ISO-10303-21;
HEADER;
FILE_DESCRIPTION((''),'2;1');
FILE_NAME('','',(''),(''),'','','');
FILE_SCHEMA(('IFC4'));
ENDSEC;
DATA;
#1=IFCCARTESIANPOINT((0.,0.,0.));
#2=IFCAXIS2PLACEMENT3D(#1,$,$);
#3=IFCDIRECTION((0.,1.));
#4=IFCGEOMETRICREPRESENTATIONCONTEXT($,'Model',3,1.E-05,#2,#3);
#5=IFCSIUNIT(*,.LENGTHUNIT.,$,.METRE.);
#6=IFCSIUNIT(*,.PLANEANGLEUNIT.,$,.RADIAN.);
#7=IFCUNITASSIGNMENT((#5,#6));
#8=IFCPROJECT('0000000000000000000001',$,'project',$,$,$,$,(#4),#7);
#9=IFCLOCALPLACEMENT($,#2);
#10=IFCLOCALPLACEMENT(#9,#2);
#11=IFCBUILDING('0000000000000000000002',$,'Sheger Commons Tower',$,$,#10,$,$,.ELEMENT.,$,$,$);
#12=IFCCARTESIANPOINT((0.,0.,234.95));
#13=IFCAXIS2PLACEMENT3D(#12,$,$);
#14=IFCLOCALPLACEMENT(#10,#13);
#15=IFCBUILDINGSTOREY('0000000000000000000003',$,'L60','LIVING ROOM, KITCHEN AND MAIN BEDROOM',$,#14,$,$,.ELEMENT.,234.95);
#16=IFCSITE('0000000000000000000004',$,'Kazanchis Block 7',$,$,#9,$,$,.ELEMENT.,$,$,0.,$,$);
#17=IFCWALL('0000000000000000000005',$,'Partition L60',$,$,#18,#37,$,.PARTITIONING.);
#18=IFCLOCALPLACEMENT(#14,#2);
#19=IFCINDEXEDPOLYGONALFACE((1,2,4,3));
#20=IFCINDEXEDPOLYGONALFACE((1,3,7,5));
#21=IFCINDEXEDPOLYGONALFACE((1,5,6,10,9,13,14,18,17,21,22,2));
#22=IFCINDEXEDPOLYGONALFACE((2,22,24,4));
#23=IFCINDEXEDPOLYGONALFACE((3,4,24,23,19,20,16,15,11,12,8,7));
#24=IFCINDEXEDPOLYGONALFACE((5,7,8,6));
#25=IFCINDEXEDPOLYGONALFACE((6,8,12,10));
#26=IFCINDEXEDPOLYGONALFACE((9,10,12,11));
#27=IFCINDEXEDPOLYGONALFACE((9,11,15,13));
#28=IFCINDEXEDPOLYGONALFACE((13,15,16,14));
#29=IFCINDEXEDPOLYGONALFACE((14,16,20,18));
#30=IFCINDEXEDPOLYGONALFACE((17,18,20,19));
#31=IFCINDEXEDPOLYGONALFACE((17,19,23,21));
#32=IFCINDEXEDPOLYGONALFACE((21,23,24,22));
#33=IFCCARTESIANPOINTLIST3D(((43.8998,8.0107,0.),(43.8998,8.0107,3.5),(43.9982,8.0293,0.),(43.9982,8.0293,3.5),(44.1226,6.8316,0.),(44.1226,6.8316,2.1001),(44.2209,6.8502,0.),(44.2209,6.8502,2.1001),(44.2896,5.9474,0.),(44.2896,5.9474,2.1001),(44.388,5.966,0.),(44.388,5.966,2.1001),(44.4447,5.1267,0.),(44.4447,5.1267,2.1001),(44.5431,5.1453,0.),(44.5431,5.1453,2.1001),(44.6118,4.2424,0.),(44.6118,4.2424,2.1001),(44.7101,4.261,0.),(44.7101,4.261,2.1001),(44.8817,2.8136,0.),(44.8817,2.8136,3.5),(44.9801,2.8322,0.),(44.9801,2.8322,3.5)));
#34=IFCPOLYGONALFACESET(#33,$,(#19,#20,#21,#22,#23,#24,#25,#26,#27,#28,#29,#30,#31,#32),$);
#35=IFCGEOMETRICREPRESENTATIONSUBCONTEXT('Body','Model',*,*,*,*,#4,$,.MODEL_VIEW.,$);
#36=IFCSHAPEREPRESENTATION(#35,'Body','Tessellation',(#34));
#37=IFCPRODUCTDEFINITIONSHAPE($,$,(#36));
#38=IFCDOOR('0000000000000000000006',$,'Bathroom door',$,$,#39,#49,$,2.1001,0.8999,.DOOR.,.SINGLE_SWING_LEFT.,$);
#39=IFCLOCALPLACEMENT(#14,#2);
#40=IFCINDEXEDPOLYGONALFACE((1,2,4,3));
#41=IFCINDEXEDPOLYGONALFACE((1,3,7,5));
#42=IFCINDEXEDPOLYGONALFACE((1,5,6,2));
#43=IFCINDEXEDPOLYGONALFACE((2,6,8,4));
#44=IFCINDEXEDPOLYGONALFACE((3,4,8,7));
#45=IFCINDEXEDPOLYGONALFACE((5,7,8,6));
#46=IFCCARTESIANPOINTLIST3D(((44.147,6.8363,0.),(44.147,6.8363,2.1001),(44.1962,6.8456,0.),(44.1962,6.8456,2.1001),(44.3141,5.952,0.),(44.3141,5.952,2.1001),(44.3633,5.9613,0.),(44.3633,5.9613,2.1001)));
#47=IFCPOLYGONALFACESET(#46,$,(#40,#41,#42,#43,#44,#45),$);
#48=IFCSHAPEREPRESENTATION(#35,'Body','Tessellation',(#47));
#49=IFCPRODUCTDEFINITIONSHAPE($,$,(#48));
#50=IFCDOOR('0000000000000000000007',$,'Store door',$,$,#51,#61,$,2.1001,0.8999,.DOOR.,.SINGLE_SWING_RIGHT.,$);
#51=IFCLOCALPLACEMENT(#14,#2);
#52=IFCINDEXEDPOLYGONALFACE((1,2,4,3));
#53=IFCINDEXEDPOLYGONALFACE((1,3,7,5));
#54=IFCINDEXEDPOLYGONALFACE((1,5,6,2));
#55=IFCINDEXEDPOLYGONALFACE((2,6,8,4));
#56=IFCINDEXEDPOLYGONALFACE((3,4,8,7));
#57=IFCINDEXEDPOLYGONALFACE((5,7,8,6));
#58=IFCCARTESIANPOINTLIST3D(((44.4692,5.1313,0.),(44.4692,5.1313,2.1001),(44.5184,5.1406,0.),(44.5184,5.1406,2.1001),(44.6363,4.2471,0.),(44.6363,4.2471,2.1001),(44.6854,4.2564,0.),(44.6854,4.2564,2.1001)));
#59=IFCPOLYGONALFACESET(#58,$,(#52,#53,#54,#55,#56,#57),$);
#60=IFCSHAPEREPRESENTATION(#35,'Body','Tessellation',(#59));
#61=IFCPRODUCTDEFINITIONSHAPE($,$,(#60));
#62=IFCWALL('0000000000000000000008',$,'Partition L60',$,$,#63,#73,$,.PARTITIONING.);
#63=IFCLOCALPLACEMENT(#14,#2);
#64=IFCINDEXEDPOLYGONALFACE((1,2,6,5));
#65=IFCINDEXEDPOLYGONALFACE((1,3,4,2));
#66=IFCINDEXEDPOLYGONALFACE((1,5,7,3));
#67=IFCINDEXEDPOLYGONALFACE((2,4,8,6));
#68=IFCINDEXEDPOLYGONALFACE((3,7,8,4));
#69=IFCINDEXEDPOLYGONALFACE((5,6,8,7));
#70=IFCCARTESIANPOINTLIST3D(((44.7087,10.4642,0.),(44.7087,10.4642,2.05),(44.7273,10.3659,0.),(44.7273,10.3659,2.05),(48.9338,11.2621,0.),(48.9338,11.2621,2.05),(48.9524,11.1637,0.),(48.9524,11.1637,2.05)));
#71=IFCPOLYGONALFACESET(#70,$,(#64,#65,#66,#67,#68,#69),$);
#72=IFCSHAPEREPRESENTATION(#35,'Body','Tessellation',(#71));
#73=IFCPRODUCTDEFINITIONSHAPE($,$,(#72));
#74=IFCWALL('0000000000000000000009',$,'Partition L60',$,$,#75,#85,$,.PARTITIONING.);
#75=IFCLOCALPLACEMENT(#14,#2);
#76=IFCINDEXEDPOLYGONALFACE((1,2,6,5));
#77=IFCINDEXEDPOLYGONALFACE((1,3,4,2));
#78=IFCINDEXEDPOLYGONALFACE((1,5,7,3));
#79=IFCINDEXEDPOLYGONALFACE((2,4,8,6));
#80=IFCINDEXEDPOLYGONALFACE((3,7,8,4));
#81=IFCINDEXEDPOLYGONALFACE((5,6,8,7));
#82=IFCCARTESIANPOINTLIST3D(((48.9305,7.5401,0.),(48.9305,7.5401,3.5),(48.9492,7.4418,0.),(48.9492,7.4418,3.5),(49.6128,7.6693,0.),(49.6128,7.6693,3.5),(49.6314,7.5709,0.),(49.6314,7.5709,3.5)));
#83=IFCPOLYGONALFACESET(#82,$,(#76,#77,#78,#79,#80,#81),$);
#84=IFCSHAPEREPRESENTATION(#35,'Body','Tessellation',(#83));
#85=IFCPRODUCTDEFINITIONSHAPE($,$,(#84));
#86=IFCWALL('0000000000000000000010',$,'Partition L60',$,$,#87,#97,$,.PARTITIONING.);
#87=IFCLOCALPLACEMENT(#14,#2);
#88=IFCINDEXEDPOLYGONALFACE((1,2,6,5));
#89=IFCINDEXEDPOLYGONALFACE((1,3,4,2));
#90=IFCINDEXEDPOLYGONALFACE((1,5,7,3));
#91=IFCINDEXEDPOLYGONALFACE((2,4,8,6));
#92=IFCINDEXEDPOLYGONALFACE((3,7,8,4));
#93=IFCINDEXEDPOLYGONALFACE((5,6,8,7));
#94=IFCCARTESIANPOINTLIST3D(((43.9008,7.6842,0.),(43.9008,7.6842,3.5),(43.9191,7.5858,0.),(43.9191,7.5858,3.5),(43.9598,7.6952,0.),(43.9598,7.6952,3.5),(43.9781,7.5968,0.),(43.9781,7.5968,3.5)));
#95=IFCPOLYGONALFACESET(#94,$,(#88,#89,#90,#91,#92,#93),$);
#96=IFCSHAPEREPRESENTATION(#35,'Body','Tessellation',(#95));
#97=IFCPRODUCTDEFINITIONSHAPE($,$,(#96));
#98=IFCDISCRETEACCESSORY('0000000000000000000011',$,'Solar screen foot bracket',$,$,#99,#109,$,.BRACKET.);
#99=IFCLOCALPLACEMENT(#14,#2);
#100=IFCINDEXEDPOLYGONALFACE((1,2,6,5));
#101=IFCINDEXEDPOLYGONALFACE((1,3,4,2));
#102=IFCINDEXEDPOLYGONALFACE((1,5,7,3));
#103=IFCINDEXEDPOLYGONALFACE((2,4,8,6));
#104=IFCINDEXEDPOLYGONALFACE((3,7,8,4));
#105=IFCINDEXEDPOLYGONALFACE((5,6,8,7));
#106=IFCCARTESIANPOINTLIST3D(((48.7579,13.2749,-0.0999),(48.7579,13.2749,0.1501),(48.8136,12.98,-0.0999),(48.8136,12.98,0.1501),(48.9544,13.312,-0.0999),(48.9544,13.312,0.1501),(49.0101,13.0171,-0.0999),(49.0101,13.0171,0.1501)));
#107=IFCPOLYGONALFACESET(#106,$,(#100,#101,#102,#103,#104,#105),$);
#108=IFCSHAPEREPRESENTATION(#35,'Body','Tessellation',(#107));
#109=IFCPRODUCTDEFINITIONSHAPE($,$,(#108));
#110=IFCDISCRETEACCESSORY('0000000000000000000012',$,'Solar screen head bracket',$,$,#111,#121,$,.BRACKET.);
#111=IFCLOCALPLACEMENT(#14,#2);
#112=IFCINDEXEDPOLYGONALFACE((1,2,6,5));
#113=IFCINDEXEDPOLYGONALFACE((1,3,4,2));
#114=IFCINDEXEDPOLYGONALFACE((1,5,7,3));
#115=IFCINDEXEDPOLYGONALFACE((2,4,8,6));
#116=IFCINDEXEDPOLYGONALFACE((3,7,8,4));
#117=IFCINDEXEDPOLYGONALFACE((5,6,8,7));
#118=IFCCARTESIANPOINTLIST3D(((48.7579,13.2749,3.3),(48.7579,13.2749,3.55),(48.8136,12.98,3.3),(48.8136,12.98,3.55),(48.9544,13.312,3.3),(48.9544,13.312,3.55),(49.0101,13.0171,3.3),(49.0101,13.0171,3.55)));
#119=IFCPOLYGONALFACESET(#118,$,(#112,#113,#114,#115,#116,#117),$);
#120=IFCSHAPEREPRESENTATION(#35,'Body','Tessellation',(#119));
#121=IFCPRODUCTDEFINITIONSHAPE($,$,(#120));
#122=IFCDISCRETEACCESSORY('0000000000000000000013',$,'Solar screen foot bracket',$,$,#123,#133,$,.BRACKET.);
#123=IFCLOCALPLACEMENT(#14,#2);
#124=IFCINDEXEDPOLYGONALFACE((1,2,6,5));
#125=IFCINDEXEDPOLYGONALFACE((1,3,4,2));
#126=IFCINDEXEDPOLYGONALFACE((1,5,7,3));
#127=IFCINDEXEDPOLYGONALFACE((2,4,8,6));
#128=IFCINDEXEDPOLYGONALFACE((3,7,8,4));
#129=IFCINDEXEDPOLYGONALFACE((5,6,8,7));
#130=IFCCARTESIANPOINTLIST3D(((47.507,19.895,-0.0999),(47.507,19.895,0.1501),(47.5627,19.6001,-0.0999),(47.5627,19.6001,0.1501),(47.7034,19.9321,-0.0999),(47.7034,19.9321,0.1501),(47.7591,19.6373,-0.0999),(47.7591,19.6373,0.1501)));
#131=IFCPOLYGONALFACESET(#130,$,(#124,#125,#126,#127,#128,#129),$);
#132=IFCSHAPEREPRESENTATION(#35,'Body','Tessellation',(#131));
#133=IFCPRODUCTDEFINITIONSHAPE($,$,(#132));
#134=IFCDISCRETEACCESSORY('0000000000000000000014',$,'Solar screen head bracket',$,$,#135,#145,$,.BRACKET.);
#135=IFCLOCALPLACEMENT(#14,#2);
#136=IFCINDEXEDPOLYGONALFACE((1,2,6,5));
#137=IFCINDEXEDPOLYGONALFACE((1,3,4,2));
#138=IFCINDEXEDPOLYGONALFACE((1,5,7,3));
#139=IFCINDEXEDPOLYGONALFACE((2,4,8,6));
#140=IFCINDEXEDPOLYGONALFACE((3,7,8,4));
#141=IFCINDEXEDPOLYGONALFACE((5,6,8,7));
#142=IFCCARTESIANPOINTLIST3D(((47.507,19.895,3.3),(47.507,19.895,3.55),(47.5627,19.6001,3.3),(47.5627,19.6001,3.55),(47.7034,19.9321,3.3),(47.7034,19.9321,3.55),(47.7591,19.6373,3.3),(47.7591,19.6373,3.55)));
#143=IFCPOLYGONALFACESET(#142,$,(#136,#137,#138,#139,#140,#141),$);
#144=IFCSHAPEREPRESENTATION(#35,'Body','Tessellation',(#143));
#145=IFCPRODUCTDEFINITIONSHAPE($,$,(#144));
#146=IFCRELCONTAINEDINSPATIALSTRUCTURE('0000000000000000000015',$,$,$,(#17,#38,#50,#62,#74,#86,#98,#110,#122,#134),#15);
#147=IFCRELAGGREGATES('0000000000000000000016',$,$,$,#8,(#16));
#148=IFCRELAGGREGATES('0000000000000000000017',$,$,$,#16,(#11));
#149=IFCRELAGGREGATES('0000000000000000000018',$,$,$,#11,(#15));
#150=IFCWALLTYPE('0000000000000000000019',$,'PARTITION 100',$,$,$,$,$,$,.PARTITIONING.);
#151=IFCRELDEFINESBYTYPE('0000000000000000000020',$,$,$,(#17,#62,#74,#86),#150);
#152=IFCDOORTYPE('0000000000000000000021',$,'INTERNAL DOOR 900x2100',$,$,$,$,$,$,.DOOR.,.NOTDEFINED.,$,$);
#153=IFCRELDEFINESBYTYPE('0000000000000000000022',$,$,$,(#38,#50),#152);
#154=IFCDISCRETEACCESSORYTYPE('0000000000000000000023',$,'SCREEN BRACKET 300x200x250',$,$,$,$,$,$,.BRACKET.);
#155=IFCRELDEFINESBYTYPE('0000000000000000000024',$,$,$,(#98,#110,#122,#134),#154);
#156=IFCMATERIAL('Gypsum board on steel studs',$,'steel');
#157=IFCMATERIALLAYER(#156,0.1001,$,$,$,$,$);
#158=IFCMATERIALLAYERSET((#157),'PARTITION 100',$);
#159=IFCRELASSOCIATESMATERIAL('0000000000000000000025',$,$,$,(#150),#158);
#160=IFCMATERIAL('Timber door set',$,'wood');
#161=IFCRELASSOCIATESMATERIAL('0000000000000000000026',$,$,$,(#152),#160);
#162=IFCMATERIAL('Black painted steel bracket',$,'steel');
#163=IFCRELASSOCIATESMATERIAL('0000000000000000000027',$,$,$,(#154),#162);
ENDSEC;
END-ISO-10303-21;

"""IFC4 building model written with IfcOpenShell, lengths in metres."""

from ifc_helpers import new_model, si_unit, direction, frame, frame_2d, origin, origin_2d, place, context, subcontext, project, spatial, rectangle, extrude, material, layer, layer_set, type_object, element, fill, save


model = new_model("IFC4")

# Units and contexts
model_context = context("Model", 3, precision=1e-05, world=origin(), true_north=direction((0.0, 1.0)))
body_context = subcontext(model_context, "Body", "Model", "MODEL_VIEW")
ifc_project = project(units=[si_unit("LENGTHUNIT", "METRE"), si_unit("PLANEANGLEUNIT", "RADIAN")], contexts=[model_context])

# Site, building, storey
site_placement = place(None, origin())
site = spatial("IfcSite", under=ifc_project, at=site_placement, Name="Kazanchis Block 7", CompositionType="ELEMENT", RefElevation=0.0)
building_placement = place(site_placement, origin())
building = spatial("IfcBuilding", under=site, at=building_placement, Name="Sheger Commons Tower", CompositionType="ELEMENT")
storey_placement = place(building_placement, frame((0.0, 0.0, 234.95)))
storey = spatial("IfcBuildingStorey", under=building, at=storey_placement, Name="L60", Description="LIVING ROOM, KITCHEN AND MAIN BEDROOM", CompositionType="ELEMENT", Elevation=234.95)

# Shared definitions
ifc_material_1 = material(Name="Gypsum board on steel studs", Category="steel")
ifc_layer_1 = layer(ifc_material_1, 0.1001)
ifc_layer_set_1 = layer_set([ifc_layer_1], Name="PARTITION 100")
wall_type_1 = type_object("IfcWallType", Name="PARTITION 100", PredefinedType="PARTITIONING", material=ifc_layer_set_1)

# Shared definitions
ifc_material_2 = material(Name="Timber door set", Category="wood")
door_type = type_object("IfcDoorType", Name="INTERNAL DOOR 900x2100", OperationType="NOTDEFINED", PredefinedType="DOOR", material=ifc_material_2)

# Wall, openings, doors
wall_1_placement = place(storey_placement, frame((43.949, 8.02, 0.0), z_axis=(0.0, 0.0, 1.0), x_axis=(0.185657, -0.982615, 0.0)))
wall_1 = element("IfcWall", 1, at=wall_1_placement, inside=storey, type_object=wall_type_1, Name="Partition L60", PredefinedType="PARTITIONING", context=body_context, shape_type="SweptSolid", body=[
    extrude(rectangle(XDim=5.2891, YDim=0.1001, at=frame_2d((2.6445, 0.0))), origin(), (0.0, 0.0, 1.0), 3.5),
])
opening_1_placement = place(wall_1_placement, frame((1.2, 0.0, 0.0)))
opening_1 = element("IfcOpeningElement", 2, at=opening_1_placement, cuts=wall_1, PredefinedType="OPENING", context=body_context, shape_type="SweptSolid", body=[
    extrude(rectangle(XDim=0.8999, YDim=2.1001, at=frame_2d((0.45, 1.05))), frame((0.0, 0.0601, 0.0), z_axis=(0.0, -1.0, 0.0), x_axis=(1.0, 0.0, 0.0)), (0.0, 0.0, 1.0), 0.1201),
])
opening_2_placement = place(wall_1_placement, frame((2.9351, 0.0, 0.0)))
opening_2 = element("IfcOpeningElement", 3, at=opening_2_placement, cuts=wall_1, PredefinedType="OPENING", context=body_context, shape_type="SweptSolid", body=[
    extrude(rectangle(XDim=0.8999, YDim=2.1001, at=frame_2d((0.45, 1.05))), frame((0.0, 0.0601, 0.0), z_axis=(0.0, -1.0, 0.0), x_axis=(1.0, 0.0, 0.0)), (0.0, 0.0, 1.0), 0.1201),
])
door_1_placement = place(opening_1_placement, origin())
door_1 = element("IfcDoor", 4, at=door_1_placement, inside=storey, type_object=door_type, Name="Bathroom door", OperationType="SINGLE_SWING_LEFT", OverallHeight=2.1001, OverallWidth=0.8999, PredefinedType="DOOR", context=body_context, shape_type="SweptSolid", body=[
    extrude(rectangle(XDim=0.8999, YDim=2.1001, at=frame_2d((0.45, 1.05))), frame((0.0, 0.0249, 0.0), z_axis=(0.0, -1.0, 0.0), x_axis=(1.0, 0.0, 0.0)), (0.0, 0.0, 1.0), 0.05),
])
fill(opening_1, door_1)
door_2_placement = place(opening_2_placement, origin())
door_2 = element("IfcDoor", 5, at=door_2_placement, inside=storey, type_object=door_type, Name="Store door", OperationType="SINGLE_SWING_RIGHT", OverallHeight=2.1001, OverallWidth=0.8999, PredefinedType="DOOR", context=body_context, shape_type="SweptSolid", body=[
    extrude(rectangle(XDim=0.8999, YDim=2.1001, at=frame_2d((0.45, 1.05))), frame((0.0, 0.0249, 0.0), z_axis=(0.0, -1.0, 0.0), x_axis=(1.0, 0.0, 0.0)), (0.0, 0.0, 1.0), 0.05),
])
fill(opening_2, door_2)

# Walls
wall_2_placement = place(storey_placement, frame((48.9431, 11.2129, 0.0), z_axis=(0.0, 0.0, 1.0), x_axis=(-0.982634, -0.185557, 0.0)))
element("IfcWall", 6, at=wall_2_placement, inside=storey, type_object=wall_type_1, Name="Partition L60", PredefinedType="PARTITIONING", context=body_context, shape_type="SweptSolid", body=[
    extrude(rectangle(XDim=4.2998, YDim=0.1001, at=frame_2d((2.1499, 0.0))), origin(), (0.0, 0.0, 1.0), 2.05),
])
wall_3_placement = place(storey_placement, frame((49.6221, 7.6201, 0.0), z_axis=(0.0, 0.0, 1.0), x_axis=(-0.982544, -0.186029, 0.0)))
element("IfcWall", 7, at=wall_3_placement, inside=storey, type_object=wall_type_1, Name="Partition L60", PredefinedType="PARTITIONING", context=body_context, shape_type="SweptSolid", body=[
    extrude(rectangle(XDim=0.6943, YDim=0.1001, at=frame_2d((0.3472, 0.0))), origin(), (0.0, 0.0, 1.0), 3.5),
])
wall_4_placement = place(storey_placement, frame((43.969, 7.646, 0.0), z_axis=(0.0, 0.0, 1.0), x_axis=(-0.983147, -0.182817, 0.0)))
element("IfcWall", 8, at=wall_4_placement, inside=storey, type_object=wall_type_1, Name="Partition L60", PredefinedType="PARTITIONING", context=body_context, shape_type="SweptSolid", body=[
    extrude(rectangle(XDim=0.0601, YDim=0.1001, at=frame_2d((0.03, 0.0))), origin(), (0.0, 0.0, 1.0), 3.5),
])

# Discrete accessories
ifc_material_3 = material(Name="Black painted steel bracket", Category="steel")
discrete_accessory_type = type_object("IfcDiscreteAccessoryType", Name="SCREEN BRACKET 300x200x250", PredefinedType="BRACKET", material=ifc_material_3)
for number, where, z_axis, x_axis, name in (
    (9, (48.884, 13.146, -0.0999), (0.0, 0.0, 1.0), (-0.185615, 0.982623, 0.0), "Solar screen foot bracket"),
    (10, (48.884, 13.146, 3.3), (0.0, 0.0, 1.0), (-0.185615, 0.982623, 0.0), "Solar screen head bracket"),
    (11, (47.6331, 19.7661, -0.0999), (0.0, 0.0, 1.0), (-0.185615, 0.982623, 0.0), "Solar screen foot bracket"),
    (12, (47.6331, 19.7661, 3.3), (0.0, 0.0, 1.0), (-0.185615, 0.982623, 0.0), "Solar screen head bracket"),
):
    element("IfcDiscreteAccessory", number, at=place(storey_placement, frame(where, z_axis=z_axis, x_axis=x_axis)), inside=storey, type_object=discrete_accessory_type, Name=name, PredefinedType="BRACKET", context=body_context, shape_type="SweptSolid", body=[
        extrude(rectangle(XDim=0.3, YDim=0.2, at=origin_2d()), origin(), (0.0, 0.0, 1.0), 0.25),
    ])

save(model, "model.ifc")
